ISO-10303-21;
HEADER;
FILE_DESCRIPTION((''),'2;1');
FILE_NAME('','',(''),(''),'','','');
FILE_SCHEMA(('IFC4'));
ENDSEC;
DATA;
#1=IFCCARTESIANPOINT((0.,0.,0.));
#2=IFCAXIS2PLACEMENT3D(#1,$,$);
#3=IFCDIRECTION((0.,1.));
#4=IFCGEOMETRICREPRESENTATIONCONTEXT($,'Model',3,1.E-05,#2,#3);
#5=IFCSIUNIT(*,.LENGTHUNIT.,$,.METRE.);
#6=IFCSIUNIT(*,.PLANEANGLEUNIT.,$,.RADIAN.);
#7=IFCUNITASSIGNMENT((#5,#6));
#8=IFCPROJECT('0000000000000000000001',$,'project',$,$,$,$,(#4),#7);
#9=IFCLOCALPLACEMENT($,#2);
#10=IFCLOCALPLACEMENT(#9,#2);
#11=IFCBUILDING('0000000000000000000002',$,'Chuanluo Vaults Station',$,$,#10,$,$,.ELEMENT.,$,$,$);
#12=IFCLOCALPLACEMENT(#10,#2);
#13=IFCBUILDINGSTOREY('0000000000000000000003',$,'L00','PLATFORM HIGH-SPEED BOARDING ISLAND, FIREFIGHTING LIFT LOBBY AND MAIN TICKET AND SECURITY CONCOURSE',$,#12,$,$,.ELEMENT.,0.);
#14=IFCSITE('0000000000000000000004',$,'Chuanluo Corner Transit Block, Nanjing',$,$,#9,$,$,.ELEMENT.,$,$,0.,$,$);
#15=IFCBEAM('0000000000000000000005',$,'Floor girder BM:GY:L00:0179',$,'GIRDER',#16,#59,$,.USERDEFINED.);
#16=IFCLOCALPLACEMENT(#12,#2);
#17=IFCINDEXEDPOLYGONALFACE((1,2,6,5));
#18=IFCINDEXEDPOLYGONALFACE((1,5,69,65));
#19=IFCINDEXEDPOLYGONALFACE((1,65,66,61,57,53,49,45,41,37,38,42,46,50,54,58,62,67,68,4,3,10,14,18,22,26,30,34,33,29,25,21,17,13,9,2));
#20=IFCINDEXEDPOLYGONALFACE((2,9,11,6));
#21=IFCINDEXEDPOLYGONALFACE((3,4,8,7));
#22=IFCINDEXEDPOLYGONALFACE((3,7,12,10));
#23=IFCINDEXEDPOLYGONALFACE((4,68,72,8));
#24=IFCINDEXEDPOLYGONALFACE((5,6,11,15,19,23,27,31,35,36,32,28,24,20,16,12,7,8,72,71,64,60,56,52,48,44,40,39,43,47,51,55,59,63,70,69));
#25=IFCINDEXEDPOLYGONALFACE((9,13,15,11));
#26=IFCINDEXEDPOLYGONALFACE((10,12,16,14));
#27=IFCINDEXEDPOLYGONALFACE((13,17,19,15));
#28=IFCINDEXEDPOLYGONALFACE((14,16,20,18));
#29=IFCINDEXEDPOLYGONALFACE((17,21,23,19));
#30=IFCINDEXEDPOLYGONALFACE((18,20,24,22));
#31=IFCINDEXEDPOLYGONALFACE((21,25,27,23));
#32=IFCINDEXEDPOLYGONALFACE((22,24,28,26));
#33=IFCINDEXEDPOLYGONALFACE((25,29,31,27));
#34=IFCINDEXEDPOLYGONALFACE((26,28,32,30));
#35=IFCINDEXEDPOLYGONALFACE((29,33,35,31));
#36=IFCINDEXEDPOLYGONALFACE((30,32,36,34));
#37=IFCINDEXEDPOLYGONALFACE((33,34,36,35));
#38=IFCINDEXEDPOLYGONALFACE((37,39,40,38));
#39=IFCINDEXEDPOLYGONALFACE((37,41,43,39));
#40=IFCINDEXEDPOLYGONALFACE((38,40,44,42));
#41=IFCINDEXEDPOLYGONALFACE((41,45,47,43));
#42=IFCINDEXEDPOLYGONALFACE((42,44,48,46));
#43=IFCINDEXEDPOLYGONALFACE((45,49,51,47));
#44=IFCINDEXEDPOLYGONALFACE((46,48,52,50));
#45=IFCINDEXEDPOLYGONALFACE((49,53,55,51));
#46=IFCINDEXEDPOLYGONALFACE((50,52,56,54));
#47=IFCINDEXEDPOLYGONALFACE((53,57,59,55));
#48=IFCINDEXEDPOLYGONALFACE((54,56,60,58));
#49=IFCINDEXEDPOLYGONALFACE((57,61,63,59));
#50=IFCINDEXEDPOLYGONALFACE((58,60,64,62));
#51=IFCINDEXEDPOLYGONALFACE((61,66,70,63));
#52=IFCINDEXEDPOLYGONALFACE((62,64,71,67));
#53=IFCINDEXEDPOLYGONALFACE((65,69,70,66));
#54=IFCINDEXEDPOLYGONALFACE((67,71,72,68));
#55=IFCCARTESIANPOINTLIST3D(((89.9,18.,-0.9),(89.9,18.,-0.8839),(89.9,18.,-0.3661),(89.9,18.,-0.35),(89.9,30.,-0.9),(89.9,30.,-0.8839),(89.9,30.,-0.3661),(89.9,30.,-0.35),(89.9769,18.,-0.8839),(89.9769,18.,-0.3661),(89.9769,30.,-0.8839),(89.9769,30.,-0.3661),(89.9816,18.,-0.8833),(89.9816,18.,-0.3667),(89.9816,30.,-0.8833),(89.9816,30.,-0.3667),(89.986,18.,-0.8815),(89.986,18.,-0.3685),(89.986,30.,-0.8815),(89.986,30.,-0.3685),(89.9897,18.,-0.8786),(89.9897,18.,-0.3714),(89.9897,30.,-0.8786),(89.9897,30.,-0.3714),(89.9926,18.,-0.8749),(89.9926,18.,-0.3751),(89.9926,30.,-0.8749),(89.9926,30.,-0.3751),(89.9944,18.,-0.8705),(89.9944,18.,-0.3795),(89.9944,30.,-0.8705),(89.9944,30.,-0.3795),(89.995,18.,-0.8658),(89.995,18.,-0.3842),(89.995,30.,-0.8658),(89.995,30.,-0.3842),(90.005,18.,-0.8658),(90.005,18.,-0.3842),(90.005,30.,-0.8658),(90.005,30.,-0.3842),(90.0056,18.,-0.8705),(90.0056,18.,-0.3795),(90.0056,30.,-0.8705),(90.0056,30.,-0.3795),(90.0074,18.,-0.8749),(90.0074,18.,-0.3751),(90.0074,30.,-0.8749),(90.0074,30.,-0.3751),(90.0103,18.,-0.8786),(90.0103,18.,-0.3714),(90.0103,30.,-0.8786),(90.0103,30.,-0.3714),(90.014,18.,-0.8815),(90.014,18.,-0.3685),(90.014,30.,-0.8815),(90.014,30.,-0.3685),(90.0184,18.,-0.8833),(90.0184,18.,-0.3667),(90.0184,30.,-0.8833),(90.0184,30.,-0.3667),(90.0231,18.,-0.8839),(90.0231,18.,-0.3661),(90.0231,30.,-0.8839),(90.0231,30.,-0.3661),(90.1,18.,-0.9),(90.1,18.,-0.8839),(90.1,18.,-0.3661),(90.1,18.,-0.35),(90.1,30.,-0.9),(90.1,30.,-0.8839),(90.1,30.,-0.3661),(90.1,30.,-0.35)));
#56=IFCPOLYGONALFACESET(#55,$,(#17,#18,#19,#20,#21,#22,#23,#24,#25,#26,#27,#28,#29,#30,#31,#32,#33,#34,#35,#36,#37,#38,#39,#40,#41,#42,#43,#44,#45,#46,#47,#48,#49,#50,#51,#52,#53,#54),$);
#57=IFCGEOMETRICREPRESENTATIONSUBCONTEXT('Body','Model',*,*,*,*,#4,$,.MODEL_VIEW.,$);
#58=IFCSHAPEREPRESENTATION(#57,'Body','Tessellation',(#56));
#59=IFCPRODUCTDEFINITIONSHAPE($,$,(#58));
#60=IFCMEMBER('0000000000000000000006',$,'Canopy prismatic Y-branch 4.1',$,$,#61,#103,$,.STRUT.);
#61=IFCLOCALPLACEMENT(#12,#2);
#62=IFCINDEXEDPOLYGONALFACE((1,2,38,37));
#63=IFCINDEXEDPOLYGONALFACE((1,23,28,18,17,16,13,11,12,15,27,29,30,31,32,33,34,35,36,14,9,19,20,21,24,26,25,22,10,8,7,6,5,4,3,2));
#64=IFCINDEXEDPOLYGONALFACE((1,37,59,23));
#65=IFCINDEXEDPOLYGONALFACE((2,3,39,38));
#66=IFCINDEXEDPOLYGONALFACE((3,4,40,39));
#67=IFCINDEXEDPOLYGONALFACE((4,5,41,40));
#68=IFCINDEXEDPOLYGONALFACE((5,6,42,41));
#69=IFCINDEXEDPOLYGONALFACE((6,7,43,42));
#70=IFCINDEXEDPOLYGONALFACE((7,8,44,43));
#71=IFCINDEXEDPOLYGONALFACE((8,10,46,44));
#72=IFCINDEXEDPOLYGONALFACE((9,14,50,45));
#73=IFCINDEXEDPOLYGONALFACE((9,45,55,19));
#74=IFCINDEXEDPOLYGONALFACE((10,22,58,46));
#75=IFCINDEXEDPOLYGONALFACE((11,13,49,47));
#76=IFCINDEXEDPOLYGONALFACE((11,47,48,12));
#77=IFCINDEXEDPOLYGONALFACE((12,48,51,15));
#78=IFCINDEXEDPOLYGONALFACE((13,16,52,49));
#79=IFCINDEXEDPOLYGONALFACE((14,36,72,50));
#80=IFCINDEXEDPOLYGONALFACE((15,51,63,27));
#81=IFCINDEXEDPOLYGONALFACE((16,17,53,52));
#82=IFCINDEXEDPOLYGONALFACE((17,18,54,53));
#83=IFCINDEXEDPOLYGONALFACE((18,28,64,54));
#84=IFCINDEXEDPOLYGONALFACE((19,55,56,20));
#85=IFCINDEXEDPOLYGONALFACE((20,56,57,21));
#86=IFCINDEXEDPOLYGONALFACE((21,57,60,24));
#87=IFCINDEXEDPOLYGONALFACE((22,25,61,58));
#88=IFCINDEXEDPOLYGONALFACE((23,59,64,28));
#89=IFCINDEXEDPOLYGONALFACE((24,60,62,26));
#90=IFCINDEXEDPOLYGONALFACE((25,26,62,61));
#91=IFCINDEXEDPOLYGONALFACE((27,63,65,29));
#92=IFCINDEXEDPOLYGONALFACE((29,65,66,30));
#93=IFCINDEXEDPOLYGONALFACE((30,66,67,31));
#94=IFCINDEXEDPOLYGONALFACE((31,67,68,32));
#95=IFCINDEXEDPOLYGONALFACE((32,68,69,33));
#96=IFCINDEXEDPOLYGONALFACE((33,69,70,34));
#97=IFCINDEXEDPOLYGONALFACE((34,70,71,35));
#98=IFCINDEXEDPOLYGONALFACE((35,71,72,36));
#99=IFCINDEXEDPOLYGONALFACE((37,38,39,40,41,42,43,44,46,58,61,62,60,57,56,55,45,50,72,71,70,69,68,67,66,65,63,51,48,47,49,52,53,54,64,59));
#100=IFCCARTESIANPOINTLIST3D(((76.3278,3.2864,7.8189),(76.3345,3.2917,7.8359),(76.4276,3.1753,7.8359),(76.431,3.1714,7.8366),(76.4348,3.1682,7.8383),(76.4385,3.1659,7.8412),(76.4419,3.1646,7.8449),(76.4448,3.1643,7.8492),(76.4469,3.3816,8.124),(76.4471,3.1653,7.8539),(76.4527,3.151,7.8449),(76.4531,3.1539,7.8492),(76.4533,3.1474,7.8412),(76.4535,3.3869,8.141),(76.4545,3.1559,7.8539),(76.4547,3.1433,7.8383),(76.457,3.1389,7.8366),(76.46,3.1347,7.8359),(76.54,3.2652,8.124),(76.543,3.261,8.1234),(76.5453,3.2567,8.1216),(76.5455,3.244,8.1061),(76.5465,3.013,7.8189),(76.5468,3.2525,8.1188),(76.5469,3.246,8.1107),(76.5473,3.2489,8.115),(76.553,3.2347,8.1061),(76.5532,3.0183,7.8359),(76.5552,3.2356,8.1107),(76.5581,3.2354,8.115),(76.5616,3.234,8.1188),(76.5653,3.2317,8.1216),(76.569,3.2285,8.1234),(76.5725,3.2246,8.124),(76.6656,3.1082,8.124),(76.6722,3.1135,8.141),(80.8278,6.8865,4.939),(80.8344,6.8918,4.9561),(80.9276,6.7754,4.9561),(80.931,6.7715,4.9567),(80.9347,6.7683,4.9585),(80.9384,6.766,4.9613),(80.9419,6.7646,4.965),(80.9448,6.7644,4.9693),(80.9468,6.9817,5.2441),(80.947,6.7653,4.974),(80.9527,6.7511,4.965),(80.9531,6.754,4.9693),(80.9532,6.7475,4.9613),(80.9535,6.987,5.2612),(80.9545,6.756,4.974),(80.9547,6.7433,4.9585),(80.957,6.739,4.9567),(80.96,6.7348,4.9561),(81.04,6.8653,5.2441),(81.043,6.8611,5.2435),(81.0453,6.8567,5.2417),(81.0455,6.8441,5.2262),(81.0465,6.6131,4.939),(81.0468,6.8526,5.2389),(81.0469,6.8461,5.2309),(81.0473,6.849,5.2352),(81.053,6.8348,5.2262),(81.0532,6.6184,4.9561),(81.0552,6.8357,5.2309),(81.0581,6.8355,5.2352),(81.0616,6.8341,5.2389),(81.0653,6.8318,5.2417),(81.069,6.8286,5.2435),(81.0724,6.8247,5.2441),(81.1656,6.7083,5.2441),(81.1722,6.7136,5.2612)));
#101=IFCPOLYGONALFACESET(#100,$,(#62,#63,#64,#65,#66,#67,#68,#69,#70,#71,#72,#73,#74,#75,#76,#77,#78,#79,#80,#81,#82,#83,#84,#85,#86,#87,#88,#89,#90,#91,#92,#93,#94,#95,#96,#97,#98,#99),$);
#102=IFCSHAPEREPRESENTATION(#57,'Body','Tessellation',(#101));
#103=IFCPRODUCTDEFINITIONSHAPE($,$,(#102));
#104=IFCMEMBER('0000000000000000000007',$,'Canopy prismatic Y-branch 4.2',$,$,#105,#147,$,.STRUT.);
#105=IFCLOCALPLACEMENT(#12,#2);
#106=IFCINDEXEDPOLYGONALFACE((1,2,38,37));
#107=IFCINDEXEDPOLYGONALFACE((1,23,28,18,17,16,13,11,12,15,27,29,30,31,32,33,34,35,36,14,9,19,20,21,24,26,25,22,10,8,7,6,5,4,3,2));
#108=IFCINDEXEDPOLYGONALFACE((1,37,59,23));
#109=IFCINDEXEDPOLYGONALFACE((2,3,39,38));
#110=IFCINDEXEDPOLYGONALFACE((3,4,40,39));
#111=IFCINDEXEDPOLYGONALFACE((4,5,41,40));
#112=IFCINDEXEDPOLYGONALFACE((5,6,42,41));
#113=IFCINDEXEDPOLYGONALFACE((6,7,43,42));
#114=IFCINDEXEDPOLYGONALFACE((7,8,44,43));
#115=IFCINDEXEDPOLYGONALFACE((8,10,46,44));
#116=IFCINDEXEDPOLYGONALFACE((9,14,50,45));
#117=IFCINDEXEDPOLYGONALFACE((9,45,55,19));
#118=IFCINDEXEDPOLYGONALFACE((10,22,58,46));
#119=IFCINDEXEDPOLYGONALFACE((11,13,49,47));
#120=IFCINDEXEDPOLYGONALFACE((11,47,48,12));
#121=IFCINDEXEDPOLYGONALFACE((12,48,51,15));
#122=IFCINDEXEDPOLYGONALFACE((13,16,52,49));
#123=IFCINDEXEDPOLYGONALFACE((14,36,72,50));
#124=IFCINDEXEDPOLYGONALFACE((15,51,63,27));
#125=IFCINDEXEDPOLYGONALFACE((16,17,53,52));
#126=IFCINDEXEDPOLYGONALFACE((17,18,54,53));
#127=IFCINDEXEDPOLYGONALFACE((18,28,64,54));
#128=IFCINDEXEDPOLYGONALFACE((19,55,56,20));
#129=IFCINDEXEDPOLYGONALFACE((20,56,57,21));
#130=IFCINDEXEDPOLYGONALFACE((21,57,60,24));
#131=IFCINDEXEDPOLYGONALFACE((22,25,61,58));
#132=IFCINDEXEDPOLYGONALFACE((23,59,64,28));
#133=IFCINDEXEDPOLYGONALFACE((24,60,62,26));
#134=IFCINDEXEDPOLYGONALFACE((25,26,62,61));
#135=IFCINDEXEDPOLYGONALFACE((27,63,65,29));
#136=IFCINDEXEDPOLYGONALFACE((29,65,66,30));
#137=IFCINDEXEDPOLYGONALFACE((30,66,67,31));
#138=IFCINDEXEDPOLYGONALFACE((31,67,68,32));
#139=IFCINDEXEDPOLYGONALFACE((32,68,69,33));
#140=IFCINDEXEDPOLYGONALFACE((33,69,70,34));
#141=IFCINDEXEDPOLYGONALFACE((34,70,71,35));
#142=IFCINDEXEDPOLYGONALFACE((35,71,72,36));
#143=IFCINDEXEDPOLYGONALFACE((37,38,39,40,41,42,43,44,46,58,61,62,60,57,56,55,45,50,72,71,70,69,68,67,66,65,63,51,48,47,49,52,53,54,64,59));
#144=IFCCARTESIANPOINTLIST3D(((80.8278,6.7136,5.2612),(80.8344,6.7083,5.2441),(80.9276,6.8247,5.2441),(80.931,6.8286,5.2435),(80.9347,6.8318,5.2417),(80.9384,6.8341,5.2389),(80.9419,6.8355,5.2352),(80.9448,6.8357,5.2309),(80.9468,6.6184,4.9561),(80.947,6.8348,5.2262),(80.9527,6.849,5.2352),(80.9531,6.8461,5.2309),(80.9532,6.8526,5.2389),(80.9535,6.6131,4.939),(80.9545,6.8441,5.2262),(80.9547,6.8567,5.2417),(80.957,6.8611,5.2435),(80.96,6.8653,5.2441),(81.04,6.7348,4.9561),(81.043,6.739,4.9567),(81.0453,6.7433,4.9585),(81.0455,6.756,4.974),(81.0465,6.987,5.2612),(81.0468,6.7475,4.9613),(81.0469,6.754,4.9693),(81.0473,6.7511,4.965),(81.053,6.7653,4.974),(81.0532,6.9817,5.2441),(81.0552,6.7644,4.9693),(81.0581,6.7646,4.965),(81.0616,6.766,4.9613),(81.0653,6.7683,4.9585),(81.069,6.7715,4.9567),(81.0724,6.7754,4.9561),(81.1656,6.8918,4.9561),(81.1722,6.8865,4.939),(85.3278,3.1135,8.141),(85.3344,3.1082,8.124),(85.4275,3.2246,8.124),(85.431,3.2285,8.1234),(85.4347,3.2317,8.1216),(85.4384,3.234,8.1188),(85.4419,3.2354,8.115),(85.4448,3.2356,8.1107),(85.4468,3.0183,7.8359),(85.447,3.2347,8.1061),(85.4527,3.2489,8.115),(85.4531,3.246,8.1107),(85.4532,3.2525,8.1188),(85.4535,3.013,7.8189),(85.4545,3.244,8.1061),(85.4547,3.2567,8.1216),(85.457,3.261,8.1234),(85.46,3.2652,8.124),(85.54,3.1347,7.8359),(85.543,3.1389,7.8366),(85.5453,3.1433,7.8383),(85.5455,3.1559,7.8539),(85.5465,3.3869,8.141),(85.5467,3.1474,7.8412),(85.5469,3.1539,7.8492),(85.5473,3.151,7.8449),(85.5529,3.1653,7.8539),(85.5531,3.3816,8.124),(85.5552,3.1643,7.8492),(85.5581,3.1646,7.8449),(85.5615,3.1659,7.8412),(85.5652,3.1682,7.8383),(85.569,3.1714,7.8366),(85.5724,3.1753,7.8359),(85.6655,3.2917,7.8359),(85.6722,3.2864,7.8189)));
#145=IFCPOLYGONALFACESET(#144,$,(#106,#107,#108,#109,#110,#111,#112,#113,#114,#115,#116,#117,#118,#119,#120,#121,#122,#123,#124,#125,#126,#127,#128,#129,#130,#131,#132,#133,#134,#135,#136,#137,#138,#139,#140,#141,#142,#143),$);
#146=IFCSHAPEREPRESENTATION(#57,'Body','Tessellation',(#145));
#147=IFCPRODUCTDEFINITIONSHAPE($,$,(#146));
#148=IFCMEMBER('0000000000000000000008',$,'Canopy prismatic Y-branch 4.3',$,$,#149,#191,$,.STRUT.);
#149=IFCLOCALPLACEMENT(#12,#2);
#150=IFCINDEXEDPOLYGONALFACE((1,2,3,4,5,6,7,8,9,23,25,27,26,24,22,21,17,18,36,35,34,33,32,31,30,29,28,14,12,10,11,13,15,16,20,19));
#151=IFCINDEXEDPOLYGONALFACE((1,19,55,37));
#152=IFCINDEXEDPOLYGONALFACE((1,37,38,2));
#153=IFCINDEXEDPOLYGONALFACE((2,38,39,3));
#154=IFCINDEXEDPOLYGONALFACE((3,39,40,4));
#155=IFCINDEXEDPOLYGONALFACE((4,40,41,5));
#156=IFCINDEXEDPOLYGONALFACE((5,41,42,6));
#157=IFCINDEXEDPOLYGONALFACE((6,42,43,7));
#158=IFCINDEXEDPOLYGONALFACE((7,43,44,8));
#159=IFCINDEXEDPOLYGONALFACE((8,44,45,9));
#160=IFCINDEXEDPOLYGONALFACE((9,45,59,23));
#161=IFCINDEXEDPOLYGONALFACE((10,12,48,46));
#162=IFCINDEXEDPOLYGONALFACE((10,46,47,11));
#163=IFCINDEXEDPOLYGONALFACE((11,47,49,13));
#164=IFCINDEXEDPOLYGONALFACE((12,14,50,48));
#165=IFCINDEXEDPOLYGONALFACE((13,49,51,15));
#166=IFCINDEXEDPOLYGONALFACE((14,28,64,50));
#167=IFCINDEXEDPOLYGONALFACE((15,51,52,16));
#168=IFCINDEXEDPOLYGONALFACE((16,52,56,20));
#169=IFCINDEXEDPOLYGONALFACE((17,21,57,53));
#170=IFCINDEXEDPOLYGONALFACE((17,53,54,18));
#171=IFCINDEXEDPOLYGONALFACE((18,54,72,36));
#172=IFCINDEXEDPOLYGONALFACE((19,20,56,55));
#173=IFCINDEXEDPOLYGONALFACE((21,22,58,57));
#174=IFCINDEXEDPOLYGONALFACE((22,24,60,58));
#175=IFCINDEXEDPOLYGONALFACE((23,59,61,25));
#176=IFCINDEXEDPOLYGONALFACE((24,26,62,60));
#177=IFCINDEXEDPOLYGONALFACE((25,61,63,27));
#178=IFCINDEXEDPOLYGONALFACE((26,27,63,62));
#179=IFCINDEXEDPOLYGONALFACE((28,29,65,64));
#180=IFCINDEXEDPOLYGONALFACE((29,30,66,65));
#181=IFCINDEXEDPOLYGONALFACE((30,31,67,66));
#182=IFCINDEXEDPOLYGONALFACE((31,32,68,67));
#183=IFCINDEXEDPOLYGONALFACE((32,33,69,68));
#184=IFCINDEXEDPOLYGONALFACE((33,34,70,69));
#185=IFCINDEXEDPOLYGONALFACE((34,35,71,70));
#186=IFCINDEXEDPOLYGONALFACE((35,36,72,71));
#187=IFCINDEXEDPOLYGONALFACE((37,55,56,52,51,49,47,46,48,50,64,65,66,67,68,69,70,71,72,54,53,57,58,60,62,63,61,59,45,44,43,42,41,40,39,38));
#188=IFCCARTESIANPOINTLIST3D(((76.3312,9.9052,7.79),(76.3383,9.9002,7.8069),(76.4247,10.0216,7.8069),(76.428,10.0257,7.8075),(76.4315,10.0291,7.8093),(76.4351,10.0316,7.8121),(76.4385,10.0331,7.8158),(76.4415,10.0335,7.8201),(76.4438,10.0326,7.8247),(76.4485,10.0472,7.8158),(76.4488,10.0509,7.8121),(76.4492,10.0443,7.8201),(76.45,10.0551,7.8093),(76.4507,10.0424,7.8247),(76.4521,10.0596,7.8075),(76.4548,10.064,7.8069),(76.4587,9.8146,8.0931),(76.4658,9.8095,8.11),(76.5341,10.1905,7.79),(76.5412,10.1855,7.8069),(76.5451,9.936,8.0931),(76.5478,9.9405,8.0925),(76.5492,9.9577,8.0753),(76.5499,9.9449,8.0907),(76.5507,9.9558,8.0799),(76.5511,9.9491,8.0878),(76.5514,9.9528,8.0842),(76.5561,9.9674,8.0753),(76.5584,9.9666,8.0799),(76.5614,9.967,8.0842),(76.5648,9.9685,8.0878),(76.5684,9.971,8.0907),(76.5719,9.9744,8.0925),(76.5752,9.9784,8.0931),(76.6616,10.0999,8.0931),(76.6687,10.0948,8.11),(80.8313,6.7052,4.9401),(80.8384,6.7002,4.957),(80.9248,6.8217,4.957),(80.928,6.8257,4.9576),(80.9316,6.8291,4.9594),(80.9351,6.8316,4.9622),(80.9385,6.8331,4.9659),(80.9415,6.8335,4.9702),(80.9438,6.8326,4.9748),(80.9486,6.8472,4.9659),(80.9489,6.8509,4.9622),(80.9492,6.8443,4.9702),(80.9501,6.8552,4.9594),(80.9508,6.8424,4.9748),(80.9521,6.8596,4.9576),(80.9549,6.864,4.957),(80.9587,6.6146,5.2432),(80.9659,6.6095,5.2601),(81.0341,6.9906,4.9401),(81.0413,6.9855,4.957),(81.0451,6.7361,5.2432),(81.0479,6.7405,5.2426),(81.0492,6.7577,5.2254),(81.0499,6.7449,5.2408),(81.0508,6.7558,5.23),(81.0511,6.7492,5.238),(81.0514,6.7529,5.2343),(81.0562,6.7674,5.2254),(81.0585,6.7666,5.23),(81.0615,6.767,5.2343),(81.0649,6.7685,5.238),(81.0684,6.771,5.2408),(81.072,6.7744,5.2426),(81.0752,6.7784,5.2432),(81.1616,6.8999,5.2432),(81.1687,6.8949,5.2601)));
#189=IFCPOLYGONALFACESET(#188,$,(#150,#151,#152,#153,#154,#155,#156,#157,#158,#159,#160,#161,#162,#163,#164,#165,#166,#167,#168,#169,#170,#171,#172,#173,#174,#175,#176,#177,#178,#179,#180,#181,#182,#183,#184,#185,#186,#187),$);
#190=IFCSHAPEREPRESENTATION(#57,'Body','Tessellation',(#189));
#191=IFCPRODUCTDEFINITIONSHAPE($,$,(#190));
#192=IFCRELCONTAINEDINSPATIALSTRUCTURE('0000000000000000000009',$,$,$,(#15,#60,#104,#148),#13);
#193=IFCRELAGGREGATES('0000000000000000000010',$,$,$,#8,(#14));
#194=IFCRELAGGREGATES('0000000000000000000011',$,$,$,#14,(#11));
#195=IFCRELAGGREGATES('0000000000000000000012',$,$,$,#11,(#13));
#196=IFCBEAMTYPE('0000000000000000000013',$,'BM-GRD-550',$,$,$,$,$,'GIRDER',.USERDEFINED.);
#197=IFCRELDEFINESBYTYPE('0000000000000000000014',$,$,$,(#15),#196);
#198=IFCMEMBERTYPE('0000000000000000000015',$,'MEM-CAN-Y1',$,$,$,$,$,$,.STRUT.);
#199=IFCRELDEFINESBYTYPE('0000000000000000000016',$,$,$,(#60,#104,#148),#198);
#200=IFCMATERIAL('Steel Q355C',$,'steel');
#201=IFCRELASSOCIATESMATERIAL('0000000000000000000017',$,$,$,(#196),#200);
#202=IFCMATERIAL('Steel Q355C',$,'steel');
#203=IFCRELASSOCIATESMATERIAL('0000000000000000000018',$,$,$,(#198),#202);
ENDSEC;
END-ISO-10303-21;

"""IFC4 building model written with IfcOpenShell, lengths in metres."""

from ifc_helpers import new_model, si_unit, direction, frame, origin, origin_2d, place, context, subcontext, project, spatial, i_section, extrude, material, material_profile, profile_set, type_object, element, save


model = new_model("IFC4")

# Units and contexts
model_context = context("Model", 3, precision=1e-05, world=origin(), true_north=direction((0.0, 1.0)))
body_context = subcontext(model_context, "Body", "Model", "MODEL_VIEW")
ifc_project = project(units=[si_unit("LENGTHUNIT", "METRE"), si_unit("PLANEANGLEUNIT", "RADIAN")], contexts=[model_context])

# Site, building, storey
site_placement = place(None, origin())
site = spatial("IfcSite", under=ifc_project, at=site_placement, Name="Chuanluo Corner Transit Block, Nanjing", CompositionType="ELEMENT", RefElevation=0.0)
building_placement = place(site_placement, origin())
building = spatial("IfcBuilding", under=site, at=building_placement, Name="Chuanluo Vaults Station", CompositionType="ELEMENT")
storey_placement = place(building_placement, origin())
storey = spatial("IfcBuildingStorey", under=building, at=storey_placement, Name="L00", Description="PLATFORM HIGH-SPEED BOARDING ISLAND, FIREFIGHTING LIFT LOBBY AND MAIN TICKET AND SECURITY CONCOURSE", CompositionType="ELEMENT", Elevation=0.0)

# Beam
ifc_material_1 = material(Name="Steel Q355C", Category="steel")
ifc_material_profile_1 = material_profile(ifc_material_1, i_section(OverallWidth=0.2, OverallDepth=0.55, WebThickness=0.01, FlangeThickness=0.0161, FilletRadius=0.0181, at=origin_2d()))
ifc_profile_set_1 = profile_set([ifc_material_profile_1], Name="Steel Q355C")
beam_type_1 = type_object("IfcBeamType", Name="BM-GRD-550", ElementType="GIRDER", PredefinedType="USERDEFINED", material=ifc_profile_set_1)
beam_1_placement = place(storey_placement, frame((90.0, 18.0, -0.625), z_axis=(0.0, 1.0, 0.0), x_axis=(-1.0, 0.0, 0.0)))
element("IfcBeam", 1, at=beam_1_placement, inside=storey, type_object=beam_type_1, Name="Floor girder BM:GY:L00:0179", ObjectType="GIRDER", PredefinedType="USERDEFINED", context=body_context, shape_type="SweptSolid", body=[
    extrude(i_section(OverallWidth=0.2, OverallDepth=0.55, WebThickness=0.01, FlangeThickness=0.0161, FilletRadius=0.0181, at=origin_2d()), origin(), (0.0, 0.0, 1.0), 12.0),
])

# Members
ifc_material_2 = material(Name="Steel Q355C", Category="steel")
ifc_material_profile_2 = material_profile(ifc_material_2, i_section(OverallWidth=0.3501, OverallDepth=0.3601, WebThickness=0.012, FlangeThickness=0.019, FilletRadius=0.02, at=origin_2d()))
ifc_profile_set_2 = profile_set([ifc_material_profile_2], Name="Steel Q355C")
member_type = type_object("IfcMemberType", Name="MEM-CAN-Y1", PredefinedType="STRUT", material=ifc_profile_set_2)
for number, where, z_axis, x_axis, name in (
    (2, (81.0, 6.8, 5.1001), (-0.698498, -0.558814, 0.447021), (0.624705, -0.780861, 0.0), "Canopy prismatic Y-branch 4.1"),
    (3, (81.0, 6.8, 5.1001), (0.698498, -0.558814, 0.447021), (0.624705, 0.780861, 0.0), "Canopy prismatic Y-branch 4.2"),
):
    element("IfcMember", number, at=place(storey_placement, frame(where, z_axis=z_axis, x_axis=x_axis)), inside=storey, type_object=member_type, Name=name, PredefinedType="STRUT", context=body_context, shape_type="SweptSolid", body=[
        extrude(i_section(OverallWidth=0.3501, OverallDepth=0.3601, WebThickness=0.012, FlangeThickness=0.019, FilletRadius=0.02, at=origin_2d()), origin(), (0.0, 0.0, 1.0), 6.4424),
    ])
for number, where, z_axis, x_axis, name in (
    (4, (81.0, 6.8, 5.1001), (-0.724194, 0.514975, 0.458633), (-0.579518, -0.81496, 0.0), "Canopy prismatic Y-branch 4.3"),
):
    element("IfcMember", number, at=place(storey_placement, frame(where, z_axis=z_axis, x_axis=x_axis)), inside=storey, type_object=member_type, Name=name, PredefinedType="STRUT", context=body_context, shape_type="SweptSolid", body=[
        extrude(i_section(OverallWidth=0.3501, OverallDepth=0.3601, WebThickness=0.012, FlangeThickness=0.019, FilletRadius=0.02, at=origin_2d()), origin(), (0.0, 0.0, 1.0), 6.2139),
    ])

save(model, "model.ifc")
